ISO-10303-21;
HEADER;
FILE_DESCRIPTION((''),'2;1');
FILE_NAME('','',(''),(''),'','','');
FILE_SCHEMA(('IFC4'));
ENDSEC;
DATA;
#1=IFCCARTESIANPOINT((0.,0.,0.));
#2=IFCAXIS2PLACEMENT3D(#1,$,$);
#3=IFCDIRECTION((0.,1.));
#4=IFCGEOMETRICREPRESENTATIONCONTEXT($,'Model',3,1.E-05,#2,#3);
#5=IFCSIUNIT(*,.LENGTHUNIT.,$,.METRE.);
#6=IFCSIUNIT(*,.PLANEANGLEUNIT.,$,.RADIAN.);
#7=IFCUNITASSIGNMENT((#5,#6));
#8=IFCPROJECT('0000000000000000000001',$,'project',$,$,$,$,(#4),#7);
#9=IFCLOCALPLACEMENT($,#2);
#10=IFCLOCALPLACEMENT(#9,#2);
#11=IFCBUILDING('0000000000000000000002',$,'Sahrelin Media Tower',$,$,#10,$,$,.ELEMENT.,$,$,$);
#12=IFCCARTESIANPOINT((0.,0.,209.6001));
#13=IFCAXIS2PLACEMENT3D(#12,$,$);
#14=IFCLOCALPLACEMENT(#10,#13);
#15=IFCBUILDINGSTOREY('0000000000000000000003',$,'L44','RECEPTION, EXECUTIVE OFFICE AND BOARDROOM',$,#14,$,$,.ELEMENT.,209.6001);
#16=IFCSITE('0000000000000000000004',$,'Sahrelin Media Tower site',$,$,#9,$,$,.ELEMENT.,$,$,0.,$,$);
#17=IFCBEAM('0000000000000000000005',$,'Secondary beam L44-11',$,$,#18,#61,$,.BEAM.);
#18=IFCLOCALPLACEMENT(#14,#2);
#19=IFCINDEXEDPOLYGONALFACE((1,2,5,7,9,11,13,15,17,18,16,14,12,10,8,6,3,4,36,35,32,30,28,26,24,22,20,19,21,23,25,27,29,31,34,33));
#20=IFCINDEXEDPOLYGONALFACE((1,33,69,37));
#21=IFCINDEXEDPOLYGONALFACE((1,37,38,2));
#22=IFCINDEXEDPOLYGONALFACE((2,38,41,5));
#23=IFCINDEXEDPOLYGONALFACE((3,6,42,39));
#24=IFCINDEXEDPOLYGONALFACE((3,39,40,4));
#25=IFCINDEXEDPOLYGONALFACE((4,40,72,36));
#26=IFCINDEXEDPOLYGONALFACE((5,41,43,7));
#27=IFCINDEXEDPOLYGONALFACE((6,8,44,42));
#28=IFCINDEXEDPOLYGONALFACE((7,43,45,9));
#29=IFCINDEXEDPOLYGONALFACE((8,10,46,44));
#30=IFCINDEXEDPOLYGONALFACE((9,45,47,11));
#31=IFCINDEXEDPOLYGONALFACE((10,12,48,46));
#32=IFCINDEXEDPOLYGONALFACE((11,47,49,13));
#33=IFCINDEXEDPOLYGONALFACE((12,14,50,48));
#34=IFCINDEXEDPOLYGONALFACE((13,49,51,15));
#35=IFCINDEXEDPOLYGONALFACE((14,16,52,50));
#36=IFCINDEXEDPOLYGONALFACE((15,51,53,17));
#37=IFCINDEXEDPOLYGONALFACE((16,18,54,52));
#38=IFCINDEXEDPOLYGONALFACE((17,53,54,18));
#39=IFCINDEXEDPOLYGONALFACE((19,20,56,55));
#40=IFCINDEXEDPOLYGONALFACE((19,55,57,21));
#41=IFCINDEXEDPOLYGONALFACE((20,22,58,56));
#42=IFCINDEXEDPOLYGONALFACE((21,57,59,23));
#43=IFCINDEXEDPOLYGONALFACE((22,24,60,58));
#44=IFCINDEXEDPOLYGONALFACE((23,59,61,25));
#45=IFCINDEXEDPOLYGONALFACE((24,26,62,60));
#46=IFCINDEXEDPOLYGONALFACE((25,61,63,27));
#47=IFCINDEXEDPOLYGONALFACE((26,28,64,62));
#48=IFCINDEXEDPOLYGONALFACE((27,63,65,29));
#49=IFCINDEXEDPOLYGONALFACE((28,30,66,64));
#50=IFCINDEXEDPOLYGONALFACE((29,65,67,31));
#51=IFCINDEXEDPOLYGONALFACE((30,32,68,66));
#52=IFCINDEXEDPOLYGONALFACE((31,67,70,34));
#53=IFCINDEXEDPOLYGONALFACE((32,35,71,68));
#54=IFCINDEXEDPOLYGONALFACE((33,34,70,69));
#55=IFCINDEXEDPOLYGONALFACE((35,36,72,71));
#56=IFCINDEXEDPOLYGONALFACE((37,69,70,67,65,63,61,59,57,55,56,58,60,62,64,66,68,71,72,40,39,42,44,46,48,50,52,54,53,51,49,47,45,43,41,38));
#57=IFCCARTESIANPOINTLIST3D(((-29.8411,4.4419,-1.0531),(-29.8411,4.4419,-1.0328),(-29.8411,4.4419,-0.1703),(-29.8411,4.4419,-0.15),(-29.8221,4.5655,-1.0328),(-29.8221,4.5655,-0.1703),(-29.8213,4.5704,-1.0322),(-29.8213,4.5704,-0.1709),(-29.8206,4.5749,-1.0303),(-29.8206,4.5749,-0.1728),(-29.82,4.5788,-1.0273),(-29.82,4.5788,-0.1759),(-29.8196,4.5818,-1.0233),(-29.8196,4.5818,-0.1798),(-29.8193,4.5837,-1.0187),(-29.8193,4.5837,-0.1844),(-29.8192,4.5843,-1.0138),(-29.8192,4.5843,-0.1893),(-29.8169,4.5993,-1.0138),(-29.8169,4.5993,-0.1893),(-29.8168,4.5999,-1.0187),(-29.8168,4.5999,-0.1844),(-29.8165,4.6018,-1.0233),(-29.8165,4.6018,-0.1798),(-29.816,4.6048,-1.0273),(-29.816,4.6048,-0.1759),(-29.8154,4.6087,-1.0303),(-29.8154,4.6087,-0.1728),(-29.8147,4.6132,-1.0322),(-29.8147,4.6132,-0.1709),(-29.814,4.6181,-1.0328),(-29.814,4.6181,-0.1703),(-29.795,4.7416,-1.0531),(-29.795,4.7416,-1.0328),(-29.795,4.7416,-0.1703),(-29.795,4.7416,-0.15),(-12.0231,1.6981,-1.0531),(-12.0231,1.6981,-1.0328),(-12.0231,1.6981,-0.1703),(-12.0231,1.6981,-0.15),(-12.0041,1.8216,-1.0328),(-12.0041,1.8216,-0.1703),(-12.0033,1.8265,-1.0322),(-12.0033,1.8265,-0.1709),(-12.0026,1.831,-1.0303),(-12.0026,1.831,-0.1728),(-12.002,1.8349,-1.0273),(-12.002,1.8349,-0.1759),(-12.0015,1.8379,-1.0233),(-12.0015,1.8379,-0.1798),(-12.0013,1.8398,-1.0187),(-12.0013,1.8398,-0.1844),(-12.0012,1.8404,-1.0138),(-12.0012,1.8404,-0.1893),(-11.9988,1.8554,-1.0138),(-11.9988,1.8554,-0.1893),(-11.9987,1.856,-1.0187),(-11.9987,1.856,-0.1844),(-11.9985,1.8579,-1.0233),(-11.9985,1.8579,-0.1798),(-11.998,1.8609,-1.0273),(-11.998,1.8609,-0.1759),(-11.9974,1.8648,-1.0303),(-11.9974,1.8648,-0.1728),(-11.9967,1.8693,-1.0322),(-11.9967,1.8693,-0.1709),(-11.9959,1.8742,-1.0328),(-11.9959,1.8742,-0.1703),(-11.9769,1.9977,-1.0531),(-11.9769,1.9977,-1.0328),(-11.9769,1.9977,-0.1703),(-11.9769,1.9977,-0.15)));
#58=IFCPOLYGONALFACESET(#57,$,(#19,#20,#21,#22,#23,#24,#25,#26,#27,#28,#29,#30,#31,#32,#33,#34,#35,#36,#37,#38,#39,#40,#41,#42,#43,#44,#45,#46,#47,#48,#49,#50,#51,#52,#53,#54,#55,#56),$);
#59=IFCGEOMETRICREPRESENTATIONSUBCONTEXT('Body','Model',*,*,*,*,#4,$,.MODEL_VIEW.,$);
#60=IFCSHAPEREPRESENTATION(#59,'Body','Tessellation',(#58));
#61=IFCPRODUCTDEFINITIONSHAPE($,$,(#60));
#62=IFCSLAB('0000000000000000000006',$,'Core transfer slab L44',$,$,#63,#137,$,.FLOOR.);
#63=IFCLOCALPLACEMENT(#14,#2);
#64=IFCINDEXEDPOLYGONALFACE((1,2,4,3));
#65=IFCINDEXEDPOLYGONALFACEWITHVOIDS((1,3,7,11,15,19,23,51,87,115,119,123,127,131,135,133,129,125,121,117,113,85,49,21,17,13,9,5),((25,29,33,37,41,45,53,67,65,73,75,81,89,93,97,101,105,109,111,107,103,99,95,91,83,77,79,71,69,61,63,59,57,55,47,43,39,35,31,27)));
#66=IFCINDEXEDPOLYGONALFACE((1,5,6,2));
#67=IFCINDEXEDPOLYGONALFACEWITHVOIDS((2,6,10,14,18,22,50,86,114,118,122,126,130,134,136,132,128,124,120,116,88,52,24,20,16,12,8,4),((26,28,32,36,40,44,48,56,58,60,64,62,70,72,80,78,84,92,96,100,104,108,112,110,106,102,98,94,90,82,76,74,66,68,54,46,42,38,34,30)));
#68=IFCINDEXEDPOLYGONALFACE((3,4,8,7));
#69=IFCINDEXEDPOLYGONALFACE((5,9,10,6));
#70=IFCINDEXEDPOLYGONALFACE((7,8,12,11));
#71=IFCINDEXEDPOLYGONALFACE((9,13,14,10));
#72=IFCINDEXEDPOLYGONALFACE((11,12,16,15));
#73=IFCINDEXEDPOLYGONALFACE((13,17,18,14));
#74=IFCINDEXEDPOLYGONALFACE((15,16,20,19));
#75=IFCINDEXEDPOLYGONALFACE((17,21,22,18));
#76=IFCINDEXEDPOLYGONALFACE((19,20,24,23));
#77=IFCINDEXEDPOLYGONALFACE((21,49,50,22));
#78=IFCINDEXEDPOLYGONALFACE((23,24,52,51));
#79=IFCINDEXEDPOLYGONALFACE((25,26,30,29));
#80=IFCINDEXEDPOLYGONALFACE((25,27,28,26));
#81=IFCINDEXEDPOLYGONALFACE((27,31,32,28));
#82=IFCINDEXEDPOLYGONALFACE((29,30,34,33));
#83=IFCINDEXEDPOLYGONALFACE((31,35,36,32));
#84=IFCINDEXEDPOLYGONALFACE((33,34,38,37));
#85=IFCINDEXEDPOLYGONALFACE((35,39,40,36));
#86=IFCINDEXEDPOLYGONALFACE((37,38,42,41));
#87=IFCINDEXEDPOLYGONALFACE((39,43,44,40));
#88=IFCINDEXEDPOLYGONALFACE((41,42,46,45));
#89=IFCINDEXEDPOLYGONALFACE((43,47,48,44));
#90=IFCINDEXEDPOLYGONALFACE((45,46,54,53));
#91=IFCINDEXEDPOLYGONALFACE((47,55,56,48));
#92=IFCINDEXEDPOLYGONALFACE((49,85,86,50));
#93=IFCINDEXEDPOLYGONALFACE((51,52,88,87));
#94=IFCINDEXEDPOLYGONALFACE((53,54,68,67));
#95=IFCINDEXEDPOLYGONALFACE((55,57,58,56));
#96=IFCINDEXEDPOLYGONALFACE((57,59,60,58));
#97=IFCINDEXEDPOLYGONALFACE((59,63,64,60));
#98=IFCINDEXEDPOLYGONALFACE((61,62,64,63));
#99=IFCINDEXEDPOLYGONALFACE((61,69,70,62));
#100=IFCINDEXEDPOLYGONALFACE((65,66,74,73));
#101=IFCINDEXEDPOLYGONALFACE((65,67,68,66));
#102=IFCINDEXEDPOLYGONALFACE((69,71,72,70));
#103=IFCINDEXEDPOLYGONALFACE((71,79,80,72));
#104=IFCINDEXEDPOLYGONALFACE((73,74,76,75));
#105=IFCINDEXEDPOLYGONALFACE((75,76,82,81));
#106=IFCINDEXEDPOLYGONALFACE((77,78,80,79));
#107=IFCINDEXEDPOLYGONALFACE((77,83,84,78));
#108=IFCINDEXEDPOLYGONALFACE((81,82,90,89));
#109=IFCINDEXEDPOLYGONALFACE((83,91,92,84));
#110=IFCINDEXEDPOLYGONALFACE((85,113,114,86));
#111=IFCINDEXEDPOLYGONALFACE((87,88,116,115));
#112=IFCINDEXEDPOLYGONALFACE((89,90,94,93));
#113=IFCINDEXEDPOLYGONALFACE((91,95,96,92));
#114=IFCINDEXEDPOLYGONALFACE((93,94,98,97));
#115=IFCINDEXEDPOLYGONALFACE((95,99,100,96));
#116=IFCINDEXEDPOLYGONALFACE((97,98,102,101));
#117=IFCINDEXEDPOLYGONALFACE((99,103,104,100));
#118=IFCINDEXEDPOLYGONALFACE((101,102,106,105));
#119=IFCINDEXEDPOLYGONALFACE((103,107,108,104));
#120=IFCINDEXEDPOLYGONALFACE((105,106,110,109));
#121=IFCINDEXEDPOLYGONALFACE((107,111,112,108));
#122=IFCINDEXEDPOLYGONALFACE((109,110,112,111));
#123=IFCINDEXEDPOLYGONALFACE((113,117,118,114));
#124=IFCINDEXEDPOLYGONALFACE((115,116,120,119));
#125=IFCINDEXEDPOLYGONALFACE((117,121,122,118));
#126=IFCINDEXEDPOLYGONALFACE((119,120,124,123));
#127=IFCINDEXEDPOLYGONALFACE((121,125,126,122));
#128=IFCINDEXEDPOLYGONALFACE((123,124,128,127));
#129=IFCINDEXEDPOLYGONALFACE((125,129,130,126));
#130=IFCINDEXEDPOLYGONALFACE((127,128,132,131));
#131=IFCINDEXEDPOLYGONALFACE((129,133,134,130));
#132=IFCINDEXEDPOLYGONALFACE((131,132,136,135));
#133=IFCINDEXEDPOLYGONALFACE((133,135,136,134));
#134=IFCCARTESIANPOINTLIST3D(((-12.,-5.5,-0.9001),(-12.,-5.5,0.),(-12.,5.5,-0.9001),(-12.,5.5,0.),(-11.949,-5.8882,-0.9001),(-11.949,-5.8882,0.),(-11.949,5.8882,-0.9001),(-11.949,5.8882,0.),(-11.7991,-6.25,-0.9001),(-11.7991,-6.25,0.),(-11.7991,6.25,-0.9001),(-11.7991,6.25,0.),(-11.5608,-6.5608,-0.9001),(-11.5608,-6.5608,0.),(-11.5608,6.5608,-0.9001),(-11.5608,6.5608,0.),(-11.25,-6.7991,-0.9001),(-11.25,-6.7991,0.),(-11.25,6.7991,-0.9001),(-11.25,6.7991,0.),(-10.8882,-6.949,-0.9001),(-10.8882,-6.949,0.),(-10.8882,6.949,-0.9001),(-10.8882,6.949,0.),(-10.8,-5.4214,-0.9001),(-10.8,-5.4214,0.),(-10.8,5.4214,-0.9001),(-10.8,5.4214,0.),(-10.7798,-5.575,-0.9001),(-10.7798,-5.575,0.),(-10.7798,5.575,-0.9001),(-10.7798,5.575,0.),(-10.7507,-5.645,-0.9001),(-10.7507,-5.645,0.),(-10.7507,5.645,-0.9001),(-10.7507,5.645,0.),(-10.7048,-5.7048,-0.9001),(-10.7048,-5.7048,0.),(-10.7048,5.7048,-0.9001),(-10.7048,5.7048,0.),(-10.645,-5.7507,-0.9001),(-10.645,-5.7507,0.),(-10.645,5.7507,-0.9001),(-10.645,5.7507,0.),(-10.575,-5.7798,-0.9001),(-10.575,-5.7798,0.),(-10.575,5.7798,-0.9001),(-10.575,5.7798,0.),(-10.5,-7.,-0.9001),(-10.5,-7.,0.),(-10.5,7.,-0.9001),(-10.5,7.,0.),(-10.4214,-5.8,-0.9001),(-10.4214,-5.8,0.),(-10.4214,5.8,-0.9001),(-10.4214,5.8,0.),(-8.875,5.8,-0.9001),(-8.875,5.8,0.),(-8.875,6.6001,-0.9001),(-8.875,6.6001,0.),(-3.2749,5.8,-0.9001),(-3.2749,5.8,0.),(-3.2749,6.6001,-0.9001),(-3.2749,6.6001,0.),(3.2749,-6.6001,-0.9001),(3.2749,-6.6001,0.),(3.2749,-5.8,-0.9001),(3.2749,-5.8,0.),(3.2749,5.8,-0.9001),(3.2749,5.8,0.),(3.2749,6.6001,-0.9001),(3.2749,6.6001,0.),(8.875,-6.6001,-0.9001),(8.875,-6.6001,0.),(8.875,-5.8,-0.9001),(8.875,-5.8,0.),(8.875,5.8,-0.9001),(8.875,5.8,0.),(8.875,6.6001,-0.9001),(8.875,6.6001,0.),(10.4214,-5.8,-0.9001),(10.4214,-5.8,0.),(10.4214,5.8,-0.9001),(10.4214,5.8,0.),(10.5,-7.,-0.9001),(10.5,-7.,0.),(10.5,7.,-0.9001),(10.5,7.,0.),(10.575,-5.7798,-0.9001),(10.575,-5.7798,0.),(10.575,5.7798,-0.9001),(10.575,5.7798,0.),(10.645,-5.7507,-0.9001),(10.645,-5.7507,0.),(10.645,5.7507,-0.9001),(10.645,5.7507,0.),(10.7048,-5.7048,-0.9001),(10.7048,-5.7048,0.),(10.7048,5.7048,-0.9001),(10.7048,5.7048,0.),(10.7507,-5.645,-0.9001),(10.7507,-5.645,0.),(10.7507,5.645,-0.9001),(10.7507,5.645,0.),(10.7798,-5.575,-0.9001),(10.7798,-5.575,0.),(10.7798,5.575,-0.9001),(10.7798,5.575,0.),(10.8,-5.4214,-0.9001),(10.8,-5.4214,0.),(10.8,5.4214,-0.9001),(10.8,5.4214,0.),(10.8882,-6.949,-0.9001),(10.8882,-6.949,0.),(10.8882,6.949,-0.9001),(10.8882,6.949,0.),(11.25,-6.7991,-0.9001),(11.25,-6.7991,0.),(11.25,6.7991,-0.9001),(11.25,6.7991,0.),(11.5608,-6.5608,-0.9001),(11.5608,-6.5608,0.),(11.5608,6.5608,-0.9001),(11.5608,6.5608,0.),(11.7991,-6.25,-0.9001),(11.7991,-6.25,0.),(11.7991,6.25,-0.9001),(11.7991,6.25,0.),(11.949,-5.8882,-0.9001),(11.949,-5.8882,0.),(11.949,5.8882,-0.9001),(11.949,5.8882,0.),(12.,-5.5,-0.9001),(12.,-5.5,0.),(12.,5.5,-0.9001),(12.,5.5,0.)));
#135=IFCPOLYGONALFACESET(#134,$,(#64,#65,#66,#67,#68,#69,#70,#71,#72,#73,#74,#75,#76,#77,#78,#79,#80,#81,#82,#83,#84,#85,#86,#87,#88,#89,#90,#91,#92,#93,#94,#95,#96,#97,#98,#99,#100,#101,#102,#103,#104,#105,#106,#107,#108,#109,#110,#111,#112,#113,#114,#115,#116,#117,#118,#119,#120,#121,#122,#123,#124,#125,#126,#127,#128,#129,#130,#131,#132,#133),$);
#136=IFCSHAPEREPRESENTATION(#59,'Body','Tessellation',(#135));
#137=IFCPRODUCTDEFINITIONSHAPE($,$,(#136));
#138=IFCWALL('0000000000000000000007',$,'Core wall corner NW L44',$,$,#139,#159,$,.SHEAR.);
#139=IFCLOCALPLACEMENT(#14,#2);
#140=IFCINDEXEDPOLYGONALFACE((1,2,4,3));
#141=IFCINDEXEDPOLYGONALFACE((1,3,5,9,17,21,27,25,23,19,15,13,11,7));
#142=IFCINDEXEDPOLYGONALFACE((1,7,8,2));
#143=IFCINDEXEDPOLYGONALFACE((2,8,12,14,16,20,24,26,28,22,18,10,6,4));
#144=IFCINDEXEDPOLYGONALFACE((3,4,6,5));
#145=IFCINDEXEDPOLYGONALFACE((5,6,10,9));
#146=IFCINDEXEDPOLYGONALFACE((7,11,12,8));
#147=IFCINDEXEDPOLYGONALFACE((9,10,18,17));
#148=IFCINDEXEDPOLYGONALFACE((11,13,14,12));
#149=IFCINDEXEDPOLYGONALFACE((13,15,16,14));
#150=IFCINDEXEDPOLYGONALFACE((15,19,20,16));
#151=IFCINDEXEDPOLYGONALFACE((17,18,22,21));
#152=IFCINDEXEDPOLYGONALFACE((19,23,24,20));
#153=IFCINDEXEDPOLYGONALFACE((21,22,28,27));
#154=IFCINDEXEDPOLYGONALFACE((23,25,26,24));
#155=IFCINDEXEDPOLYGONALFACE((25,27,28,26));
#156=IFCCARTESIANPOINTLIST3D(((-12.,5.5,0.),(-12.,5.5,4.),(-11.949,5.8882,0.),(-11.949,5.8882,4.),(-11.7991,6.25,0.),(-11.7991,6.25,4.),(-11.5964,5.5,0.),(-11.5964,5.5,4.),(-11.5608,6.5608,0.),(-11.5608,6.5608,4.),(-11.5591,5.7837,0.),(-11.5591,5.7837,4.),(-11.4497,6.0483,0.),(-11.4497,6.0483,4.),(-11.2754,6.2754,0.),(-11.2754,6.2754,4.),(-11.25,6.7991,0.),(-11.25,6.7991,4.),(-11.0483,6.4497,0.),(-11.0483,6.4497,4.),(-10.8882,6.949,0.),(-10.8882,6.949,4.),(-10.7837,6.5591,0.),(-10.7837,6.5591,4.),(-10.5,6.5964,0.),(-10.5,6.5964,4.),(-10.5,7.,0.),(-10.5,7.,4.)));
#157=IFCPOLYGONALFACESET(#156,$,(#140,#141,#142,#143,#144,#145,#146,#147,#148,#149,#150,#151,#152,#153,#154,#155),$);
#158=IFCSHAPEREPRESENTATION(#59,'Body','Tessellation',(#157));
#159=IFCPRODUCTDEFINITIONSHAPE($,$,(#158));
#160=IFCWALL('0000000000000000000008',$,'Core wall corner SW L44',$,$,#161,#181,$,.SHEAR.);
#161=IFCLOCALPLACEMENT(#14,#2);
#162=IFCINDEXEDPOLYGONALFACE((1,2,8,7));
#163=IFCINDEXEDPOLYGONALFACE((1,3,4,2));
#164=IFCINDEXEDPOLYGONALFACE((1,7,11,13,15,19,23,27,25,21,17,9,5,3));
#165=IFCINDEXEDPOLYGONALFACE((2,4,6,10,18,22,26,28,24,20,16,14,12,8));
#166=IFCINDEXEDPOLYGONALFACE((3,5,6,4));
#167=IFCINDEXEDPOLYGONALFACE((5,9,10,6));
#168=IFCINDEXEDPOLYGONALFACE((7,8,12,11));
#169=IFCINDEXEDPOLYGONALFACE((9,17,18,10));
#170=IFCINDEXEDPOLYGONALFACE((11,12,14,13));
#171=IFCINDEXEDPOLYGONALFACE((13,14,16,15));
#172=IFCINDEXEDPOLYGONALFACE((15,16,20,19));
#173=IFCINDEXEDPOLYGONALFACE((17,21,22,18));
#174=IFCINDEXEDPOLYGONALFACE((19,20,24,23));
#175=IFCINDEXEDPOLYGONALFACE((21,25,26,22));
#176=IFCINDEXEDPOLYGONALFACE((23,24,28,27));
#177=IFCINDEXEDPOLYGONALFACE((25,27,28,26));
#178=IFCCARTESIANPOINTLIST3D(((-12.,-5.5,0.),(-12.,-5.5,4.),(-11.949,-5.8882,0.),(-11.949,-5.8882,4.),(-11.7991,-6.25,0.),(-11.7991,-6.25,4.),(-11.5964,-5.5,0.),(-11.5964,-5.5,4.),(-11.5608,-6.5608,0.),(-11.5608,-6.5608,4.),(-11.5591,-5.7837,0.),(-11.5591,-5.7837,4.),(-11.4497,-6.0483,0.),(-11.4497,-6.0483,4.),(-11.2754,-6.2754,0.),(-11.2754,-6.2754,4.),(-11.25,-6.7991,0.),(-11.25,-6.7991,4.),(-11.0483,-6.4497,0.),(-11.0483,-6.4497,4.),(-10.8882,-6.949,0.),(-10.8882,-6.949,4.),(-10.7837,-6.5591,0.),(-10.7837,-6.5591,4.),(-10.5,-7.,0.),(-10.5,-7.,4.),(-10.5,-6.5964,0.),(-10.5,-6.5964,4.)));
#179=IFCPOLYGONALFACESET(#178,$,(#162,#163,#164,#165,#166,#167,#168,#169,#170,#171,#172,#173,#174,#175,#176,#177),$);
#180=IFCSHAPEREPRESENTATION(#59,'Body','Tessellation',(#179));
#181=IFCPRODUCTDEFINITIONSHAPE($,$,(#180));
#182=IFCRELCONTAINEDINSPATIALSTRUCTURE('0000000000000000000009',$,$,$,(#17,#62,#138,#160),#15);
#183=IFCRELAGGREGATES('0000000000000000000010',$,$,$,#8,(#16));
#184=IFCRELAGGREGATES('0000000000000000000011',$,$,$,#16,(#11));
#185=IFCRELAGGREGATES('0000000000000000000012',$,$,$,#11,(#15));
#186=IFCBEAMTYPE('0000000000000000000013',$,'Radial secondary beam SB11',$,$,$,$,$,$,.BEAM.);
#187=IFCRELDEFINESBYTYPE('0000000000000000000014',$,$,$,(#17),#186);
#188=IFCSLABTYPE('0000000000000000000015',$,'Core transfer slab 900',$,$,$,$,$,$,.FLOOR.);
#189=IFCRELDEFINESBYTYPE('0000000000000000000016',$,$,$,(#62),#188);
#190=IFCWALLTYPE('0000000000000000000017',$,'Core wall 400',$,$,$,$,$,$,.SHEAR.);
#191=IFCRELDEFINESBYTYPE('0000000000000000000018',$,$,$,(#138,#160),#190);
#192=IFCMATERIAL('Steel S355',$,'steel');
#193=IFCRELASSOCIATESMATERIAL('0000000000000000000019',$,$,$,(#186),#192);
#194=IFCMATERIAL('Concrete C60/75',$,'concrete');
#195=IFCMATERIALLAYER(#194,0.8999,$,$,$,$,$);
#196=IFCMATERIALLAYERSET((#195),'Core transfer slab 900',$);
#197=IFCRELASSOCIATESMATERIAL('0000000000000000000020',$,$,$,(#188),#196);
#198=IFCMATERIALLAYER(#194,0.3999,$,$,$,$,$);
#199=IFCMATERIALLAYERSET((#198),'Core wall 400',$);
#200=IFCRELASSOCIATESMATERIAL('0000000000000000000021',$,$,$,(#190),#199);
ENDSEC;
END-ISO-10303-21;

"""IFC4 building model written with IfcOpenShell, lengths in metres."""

from ifc_helpers import new_model, si_unit, direction, frame, origin, origin_2d, place, context, subcontext, project, spatial, polyline, i_section, outline, extrude, material, layer, layer_set, material_profile, profile_set, type_object, element, save


model = new_model("IFC4")

# Units and contexts
model_context = context("Model", 3, precision=1e-05, world=origin(), true_north=direction((0.0, 1.0)))
body_context = subcontext(model_context, "Body", "Model", "MODEL_VIEW")
ifc_project = project(units=[si_unit("LENGTHUNIT", "METRE"), si_unit("PLANEANGLEUNIT", "RADIAN")], contexts=[model_context])

# Site, building, storey
site_placement = place(None, origin())
site = spatial("IfcSite", under=ifc_project, at=site_placement, Name="Sahrelin Media Tower site", CompositionType="ELEMENT", RefElevation=0.0)
building_placement = place(site_placement, origin())
building = spatial("IfcBuilding", under=site, at=building_placement, Name="Sahrelin Media Tower", CompositionType="ELEMENT")
storey_placement = place(building_placement, frame((0.0, 0.0, 209.6001)))
storey = spatial("IfcBuildingStorey", under=building, at=storey_placement, Name="L44", Description="RECEPTION, EXECUTIVE OFFICE AND BOARDROOM", CompositionType="ELEMENT", Elevation=209.6001)

# Beam
ifc_material_1 = material(Name="Steel S355", Category="steel")
ifc_material_profile_1 = material_profile(ifc_material_1, i_section(OverallWidth=0.3032, OverallDepth=0.9031, WebThickness=0.0151, FlangeThickness=0.0203, FilletRadius=0.019, at=origin_2d()), Name="UB 914x305x201")
ifc_profile_set_1 = profile_set([ifc_material_profile_1], Name="Steel S355")
beam_type_1 = type_object("IfcBeamType", Name="Radial secondary beam SB11", PredefinedType="BEAM", material=ifc_profile_set_1)
beam_1_placement = place(storey_placement, frame((-12.0, 1.8479, -0.6016), z_axis=(-0.98835, 0.152201, 0.0), x_axis=(-0.152201, -0.98835, 0.0)))
element("IfcBeam", 1, at=beam_1_placement, inside=storey, type_object=beam_type_1, Name="Secondary beam L44-11", PredefinedType="BEAM", context=body_context, shape_type="SweptSolid", body=[
    extrude(i_section(OverallWidth=0.3032, OverallDepth=0.9031, WebThickness=0.0151, FlangeThickness=0.0203, FilletRadius=0.019, at=origin_2d()), origin(), (0.0, 0.0, 1.0), 18.0281),
])

# Slab
ifc_material_2 = material(Name="Concrete C60/75", Category="concrete")
ifc_layer_1 = layer(ifc_material_2, 0.8999)
ifc_layer_set_1 = layer_set([ifc_layer_1], Name="Core transfer slab 900")
slab_type = type_object("IfcSlabType", Name="Core transfer slab 900", PredefinedType="FLOOR", material=ifc_layer_set_1)
slab_placement = place(storey_placement, frame((0.0, 0.0, -0.9001)))
element("IfcSlab", 2, at=slab_placement, inside=storey, type_object=slab_type, Name="Core transfer slab L44", PredefinedType="FLOOR", context=body_context, shape_type="SweptSolid", body=[
    extrude(outline(polyline([(12.0, -5.5), (12.0, 5.5), (11.949, 5.8882), (11.7991, 6.25), (11.5608, 6.5608), (11.25, 6.7991), (10.8882, 6.949), (10.5, 7.0), (-10.5, 7.0), (-10.8882, 6.949), (-11.25, 6.7991), (-11.5608, 6.5608), (-11.7991, 6.25), (-11.949, 5.8882), (-12.0, 5.5), (-12.0, -5.5), (-11.949, -5.8882), (-11.7991, -6.25), (-11.5608, -6.5608), (-11.25, -6.7991), (-10.8882, -6.949), (-10.5, -7.0), (10.5, -7.0), (10.8882, -6.949), (11.25, -6.7991), (11.5608, -6.5608), (11.7991, -6.25), (11.949, -5.8882), (12.0, -5.5)]), holes=[polyline([(10.7798, 5.575), (10.8, 5.4214), (10.8, -5.4214), (10.7798, -5.575), (10.7507, -5.645), (10.7048, -5.7048), (10.645, -5.7507), (10.575, -5.7798), (10.4214, -5.8), (8.875, -5.8), (8.875, -6.6001), (3.2749, -6.6001), (3.2749, -5.8), (-10.4214, -5.8), (-10.575, -5.7798), (-10.645, -5.7507), (-10.7048, -5.7048), (-10.7507, -5.645), (-10.7798, -5.575), (-10.8, -5.4214), (-10.8, 5.4214), (-10.7798, 5.575), (-10.7507, 5.645), (-10.7048, 5.7048), (-10.645, 5.7507), (-10.575, 5.7798), (-10.4214, 5.8), (-8.875, 5.8), (-8.875, 6.6001), (-3.2749, 6.6001), (-3.2749, 5.8), (3.2749, 5.8), (3.2749, 6.6001), (8.875, 6.6001), (8.875, 5.8), (10.4214, 5.8), (10.575, 5.7798), (10.645, 5.7507), (10.7048, 5.7048), (10.7507, 5.645), (10.7798, 5.575)])]), origin(), (0.0, 0.0, 1.0), 0.9001),
])

# Walls
ifc_layer_2 = layer(ifc_material_2, 0.3999)
ifc_layer_set_2 = layer_set([ifc_layer_2], Name="Core wall 400")
wall_type_1 = type_object("IfcWallType", Name="Core wall 400", PredefinedType="SHEAR", material=ifc_layer_set_2)
placement = place(storey_placement, origin())
element("IfcWall", 3, at=placement, inside=storey, type_object=wall_type_1, Name="Core wall corner NW L44", PredefinedType="SHEAR", context=body_context, shape_type="SweptSolid", body=[
    extrude(outline(polyline([(-12.0, 5.5), (-11.5964, 5.5), (-11.5591, 5.7837), (-11.4497, 6.0483), (-11.2754, 6.2754), (-11.0483, 6.4497), (-10.7837, 6.5591), (-10.5, 6.5964), (-10.5, 7.0), (-10.8882, 6.949), (-11.25, 6.7991), (-11.5608, 6.5608), (-11.7991, 6.25), (-11.949, 5.8882), (-12.0, 5.5)])), origin(), (0.0, 0.0, 1.0), 4.0),
])
element("IfcWall", 4, at=placement, inside=storey, type_object=wall_type_1, Name="Core wall corner SW L44", PredefinedType="SHEAR", context=body_context, shape_type="SweptSolid", body=[
    extrude(outline(polyline([(-10.5, -7.0), (-10.5, -6.5964), (-10.7837, -6.5591), (-11.0483, -6.4497), (-11.2754, -6.2754), (-11.4497, -6.0483), (-11.5591, -5.7837), (-11.5964, -5.5), (-12.0, -5.5), (-11.949, -5.8882), (-11.7991, -6.25), (-11.5608, -6.5608), (-11.25, -6.7991), (-10.8882, -6.949), (-10.5, -7.0)])), origin(), (0.0, 0.0, 1.0), 4.0),
])

save(model, "model.ifc")
